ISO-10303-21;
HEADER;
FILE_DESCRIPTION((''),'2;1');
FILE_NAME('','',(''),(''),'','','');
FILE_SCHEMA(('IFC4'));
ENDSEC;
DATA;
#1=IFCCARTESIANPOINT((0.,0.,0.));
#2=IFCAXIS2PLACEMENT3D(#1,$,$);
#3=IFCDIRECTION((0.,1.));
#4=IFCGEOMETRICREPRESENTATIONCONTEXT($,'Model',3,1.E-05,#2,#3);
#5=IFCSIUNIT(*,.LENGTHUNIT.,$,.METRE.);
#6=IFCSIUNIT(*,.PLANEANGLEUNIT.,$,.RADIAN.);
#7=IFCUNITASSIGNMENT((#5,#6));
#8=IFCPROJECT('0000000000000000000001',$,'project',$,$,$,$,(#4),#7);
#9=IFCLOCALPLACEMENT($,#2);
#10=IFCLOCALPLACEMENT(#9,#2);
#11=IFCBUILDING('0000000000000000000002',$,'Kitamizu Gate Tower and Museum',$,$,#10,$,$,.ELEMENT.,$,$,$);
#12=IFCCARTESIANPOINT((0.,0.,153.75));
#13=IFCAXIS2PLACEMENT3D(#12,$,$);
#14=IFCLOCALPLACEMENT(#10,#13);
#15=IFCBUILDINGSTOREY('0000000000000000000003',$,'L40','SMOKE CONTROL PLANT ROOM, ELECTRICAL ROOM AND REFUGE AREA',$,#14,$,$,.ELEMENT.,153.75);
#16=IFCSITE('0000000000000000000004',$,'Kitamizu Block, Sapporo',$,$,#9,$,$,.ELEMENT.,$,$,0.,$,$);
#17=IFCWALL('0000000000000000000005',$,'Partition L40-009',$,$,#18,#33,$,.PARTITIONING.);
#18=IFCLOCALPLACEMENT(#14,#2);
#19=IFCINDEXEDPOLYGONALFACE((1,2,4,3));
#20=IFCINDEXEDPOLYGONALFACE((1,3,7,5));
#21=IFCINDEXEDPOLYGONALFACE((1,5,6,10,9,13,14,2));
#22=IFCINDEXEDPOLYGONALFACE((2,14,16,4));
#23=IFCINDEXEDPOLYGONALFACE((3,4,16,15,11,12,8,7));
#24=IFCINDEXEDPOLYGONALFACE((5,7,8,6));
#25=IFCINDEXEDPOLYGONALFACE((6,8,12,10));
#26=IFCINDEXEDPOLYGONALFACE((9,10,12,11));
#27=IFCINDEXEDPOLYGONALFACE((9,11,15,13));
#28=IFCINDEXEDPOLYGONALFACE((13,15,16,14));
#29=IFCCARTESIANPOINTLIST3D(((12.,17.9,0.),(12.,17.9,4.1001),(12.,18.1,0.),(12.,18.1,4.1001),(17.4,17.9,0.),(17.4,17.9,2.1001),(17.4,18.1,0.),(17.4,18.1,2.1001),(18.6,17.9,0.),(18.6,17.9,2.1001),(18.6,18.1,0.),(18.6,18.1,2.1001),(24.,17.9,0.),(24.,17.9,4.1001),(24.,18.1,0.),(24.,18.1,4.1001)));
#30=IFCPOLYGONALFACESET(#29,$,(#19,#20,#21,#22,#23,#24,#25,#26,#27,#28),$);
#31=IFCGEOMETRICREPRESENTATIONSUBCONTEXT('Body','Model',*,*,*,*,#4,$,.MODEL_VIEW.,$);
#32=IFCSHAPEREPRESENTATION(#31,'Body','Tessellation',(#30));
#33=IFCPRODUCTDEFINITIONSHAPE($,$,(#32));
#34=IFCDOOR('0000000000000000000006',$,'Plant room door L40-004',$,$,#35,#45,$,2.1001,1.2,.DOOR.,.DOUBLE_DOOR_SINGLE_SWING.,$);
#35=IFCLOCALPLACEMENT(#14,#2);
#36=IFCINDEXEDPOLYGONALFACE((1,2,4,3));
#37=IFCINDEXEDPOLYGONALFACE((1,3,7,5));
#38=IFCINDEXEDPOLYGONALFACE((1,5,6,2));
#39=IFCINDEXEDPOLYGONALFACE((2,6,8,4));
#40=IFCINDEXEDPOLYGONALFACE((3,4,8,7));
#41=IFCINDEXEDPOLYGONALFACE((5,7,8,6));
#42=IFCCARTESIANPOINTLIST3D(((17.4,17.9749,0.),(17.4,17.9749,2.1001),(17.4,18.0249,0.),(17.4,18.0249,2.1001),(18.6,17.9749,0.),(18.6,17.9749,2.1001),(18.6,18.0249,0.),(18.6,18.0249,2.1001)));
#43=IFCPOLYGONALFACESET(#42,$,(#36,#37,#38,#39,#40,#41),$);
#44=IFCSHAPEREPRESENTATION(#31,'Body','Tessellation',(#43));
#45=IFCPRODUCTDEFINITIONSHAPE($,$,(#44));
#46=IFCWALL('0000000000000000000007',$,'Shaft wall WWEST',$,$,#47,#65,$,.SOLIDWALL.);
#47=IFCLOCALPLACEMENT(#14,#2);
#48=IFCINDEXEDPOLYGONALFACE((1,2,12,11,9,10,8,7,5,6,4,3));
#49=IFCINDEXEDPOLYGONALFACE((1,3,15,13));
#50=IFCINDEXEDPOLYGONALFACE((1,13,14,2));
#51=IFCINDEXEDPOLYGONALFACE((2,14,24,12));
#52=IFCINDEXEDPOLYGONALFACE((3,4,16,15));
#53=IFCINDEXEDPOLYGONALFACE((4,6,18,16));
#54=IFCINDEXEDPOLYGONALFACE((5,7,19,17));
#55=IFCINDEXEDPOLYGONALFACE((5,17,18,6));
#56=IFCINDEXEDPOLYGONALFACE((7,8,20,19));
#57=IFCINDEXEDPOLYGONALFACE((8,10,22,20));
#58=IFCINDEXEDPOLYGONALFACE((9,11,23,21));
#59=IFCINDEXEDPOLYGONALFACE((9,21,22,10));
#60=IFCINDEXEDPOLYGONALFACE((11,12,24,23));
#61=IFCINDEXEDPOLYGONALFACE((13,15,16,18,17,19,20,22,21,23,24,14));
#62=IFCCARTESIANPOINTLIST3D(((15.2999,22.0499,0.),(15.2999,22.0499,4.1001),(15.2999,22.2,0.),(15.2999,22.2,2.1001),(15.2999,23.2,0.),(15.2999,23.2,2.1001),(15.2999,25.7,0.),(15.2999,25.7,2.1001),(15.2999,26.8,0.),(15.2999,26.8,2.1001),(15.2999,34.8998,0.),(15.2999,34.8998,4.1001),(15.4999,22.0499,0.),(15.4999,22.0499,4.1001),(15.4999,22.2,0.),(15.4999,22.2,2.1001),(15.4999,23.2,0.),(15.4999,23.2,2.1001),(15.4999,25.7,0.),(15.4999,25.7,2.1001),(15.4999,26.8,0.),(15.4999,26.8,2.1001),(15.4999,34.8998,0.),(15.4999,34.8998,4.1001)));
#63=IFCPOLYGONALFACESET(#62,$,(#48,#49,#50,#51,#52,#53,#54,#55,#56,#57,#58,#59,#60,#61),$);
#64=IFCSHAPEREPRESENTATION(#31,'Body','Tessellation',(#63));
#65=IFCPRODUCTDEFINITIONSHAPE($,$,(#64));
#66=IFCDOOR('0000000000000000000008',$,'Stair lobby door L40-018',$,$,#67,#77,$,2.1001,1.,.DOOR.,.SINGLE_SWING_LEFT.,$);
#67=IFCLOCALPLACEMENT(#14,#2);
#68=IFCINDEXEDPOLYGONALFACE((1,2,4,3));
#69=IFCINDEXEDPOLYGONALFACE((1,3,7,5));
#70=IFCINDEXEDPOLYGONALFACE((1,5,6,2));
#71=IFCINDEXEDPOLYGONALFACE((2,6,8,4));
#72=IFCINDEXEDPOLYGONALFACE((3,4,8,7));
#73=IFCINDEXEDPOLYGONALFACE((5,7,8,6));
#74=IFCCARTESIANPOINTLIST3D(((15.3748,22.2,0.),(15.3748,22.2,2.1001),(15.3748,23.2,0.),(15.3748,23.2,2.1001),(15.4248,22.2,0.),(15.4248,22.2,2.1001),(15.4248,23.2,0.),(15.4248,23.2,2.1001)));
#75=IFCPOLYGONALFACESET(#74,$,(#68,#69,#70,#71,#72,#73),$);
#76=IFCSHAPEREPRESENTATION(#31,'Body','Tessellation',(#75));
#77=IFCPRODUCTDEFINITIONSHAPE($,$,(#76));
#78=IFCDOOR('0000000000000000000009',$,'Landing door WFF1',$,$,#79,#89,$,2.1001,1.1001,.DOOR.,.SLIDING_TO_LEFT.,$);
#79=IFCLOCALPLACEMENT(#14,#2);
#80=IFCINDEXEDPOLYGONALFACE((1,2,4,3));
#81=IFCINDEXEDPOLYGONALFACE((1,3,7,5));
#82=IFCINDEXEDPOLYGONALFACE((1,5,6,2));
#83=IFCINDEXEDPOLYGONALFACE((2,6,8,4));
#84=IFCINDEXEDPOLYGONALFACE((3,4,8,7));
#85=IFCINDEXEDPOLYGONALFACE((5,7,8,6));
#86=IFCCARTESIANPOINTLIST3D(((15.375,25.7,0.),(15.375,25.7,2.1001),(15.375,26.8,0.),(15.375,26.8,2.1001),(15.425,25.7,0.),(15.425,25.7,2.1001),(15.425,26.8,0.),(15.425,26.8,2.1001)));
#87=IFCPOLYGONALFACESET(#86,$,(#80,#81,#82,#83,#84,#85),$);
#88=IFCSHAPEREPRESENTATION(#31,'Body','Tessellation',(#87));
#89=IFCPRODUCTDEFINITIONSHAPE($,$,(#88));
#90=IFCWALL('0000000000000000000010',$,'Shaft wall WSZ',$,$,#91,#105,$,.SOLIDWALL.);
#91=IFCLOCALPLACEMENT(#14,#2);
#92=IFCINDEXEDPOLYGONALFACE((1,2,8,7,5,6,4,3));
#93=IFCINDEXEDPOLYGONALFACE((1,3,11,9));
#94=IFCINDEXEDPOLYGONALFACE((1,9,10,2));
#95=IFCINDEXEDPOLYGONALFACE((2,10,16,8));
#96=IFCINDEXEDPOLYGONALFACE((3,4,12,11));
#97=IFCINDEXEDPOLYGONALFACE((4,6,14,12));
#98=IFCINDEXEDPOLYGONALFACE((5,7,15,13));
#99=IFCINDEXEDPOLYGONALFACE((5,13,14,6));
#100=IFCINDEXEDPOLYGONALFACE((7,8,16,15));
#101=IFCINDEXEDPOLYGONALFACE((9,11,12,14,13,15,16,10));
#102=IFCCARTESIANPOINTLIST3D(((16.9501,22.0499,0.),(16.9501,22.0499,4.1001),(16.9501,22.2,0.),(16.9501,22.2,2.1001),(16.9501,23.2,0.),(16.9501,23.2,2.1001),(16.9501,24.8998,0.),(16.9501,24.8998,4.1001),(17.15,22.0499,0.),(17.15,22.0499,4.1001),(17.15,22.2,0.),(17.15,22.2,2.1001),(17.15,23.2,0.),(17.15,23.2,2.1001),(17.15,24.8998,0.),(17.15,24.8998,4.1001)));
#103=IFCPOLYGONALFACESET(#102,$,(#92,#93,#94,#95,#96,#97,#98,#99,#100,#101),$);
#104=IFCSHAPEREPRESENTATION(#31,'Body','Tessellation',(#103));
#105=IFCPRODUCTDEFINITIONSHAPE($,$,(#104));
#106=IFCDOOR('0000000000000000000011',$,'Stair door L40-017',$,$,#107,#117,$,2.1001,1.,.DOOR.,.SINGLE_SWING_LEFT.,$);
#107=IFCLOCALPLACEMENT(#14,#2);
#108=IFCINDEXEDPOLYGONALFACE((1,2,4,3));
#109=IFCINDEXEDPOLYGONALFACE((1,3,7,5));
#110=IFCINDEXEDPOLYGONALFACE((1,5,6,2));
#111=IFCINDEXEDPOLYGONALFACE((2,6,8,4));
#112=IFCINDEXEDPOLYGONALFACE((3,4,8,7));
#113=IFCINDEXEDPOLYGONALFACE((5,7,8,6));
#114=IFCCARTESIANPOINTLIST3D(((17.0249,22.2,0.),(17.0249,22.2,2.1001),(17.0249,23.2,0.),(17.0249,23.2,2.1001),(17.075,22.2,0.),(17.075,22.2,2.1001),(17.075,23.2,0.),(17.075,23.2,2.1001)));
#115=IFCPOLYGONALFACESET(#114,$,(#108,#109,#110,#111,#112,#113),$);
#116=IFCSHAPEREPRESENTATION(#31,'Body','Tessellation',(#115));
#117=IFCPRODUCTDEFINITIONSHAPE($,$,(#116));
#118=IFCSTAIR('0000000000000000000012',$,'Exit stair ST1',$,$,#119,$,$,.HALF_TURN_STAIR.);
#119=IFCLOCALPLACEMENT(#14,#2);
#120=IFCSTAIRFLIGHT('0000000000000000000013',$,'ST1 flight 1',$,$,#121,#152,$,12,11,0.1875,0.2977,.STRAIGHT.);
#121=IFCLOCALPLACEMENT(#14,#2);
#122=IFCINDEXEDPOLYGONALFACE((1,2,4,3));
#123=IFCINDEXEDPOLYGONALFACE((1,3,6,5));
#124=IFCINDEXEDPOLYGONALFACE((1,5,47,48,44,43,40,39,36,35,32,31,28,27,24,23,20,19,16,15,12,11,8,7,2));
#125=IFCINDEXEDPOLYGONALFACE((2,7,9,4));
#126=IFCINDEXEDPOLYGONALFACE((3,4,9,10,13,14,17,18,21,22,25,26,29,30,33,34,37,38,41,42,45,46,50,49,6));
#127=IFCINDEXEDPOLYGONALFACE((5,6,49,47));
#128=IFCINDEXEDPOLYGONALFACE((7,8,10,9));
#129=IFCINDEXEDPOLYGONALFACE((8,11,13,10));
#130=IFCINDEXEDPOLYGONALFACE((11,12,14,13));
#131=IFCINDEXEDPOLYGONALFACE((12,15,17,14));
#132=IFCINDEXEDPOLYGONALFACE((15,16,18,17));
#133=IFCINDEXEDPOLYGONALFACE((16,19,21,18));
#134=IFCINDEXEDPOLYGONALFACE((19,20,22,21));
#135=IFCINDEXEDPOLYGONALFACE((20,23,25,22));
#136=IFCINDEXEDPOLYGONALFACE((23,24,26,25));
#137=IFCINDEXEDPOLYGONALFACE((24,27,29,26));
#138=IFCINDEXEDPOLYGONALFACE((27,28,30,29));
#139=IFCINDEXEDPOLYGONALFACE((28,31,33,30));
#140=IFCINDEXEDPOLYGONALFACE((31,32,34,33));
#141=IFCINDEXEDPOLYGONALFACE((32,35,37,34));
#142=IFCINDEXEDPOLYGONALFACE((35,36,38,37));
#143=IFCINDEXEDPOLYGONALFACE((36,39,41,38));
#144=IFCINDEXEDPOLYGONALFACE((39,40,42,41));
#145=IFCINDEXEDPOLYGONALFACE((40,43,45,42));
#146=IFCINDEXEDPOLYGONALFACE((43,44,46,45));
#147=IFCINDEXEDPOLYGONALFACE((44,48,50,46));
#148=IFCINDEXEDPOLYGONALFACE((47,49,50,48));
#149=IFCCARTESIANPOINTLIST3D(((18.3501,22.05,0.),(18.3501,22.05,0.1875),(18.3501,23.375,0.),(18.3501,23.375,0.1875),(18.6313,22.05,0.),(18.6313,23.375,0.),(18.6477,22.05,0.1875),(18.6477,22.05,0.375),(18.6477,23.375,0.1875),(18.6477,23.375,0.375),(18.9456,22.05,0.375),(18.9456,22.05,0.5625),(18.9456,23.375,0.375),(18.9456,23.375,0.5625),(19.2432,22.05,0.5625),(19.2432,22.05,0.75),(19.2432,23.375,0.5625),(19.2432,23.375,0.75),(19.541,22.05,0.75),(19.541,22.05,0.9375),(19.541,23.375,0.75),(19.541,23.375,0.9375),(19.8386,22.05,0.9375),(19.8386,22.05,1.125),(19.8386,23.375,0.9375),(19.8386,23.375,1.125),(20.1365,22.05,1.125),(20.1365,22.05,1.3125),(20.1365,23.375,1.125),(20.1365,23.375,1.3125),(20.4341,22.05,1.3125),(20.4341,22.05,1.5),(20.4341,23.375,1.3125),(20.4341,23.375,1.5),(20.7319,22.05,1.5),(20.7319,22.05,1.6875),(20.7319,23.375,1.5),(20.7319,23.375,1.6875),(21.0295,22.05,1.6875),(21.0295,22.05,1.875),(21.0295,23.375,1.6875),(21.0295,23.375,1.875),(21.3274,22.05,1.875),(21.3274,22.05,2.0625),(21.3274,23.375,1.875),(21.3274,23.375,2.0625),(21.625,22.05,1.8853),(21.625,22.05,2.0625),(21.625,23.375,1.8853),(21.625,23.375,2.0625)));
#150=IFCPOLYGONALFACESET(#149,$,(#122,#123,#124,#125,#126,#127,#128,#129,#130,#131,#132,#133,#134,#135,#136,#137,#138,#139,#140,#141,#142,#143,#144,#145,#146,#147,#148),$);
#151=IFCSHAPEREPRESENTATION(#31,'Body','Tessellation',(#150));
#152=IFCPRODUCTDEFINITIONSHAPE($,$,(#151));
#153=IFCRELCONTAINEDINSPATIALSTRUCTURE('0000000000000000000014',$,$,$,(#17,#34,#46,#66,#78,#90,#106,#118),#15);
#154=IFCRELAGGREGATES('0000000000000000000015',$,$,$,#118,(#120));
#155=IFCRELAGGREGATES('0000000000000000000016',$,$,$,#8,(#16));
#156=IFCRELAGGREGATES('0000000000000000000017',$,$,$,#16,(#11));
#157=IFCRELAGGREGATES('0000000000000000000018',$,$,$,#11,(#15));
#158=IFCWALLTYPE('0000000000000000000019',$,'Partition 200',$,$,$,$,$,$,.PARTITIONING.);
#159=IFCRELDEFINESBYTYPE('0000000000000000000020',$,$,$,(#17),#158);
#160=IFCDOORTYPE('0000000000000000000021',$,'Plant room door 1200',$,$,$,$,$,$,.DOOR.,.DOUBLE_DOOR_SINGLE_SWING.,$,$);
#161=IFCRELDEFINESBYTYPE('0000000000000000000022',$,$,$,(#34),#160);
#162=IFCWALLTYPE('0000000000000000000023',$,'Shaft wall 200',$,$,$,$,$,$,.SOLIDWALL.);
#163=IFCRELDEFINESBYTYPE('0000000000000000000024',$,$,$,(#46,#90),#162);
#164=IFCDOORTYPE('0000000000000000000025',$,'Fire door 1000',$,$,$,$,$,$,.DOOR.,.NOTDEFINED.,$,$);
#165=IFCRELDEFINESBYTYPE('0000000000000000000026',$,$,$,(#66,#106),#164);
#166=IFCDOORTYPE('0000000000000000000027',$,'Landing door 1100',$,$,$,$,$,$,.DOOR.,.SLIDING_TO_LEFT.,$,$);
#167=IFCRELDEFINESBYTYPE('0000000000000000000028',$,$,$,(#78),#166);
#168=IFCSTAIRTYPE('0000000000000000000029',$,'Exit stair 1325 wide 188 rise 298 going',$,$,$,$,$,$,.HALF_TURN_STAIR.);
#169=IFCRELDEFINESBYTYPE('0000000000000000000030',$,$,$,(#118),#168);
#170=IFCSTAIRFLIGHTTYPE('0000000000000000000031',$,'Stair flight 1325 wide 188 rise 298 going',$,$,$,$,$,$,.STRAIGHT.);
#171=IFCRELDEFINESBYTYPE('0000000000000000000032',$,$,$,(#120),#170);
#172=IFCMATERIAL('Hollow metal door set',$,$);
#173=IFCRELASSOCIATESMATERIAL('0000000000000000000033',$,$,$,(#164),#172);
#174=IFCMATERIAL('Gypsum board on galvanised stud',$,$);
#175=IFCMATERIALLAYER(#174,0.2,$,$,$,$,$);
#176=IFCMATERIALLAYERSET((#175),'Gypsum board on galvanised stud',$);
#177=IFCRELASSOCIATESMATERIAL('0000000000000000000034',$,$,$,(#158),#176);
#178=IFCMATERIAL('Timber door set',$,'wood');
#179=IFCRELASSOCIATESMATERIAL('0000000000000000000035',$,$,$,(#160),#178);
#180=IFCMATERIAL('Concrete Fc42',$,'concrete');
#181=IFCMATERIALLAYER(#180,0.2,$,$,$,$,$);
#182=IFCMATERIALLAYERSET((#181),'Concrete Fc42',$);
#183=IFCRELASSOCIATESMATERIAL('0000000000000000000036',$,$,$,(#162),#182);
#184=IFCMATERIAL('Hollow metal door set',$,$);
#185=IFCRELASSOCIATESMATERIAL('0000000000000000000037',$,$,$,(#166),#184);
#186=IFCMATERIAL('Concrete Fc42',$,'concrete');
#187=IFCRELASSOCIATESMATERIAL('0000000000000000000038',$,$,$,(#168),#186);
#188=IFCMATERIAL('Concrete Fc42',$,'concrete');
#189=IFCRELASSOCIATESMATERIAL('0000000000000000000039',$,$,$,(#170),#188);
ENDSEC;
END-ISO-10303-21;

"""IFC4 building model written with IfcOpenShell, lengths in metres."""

from ifc_helpers import new_model, si_unit, direction, frame, frame_2d, origin, place, context, subcontext, project, spatial, polyline, rectangle, outline, extrude, material, layer, layer_set, type_object, element, fill, aggregate, save


model = new_model("IFC4")

# Units and contexts
model_context = context("Model", 3, precision=1e-05, world=origin(), true_north=direction((0.0, 1.0)))
body_context = subcontext(model_context, "Body", "Model", "MODEL_VIEW")
ifc_project = project(units=[si_unit("LENGTHUNIT", "METRE"), si_unit("PLANEANGLEUNIT", "RADIAN")], contexts=[model_context])

# Site, building, storey
site_placement = place(None, origin())
site = spatial("IfcSite", under=ifc_project, at=site_placement, Name="Kitamizu Block, Sapporo", CompositionType="ELEMENT", RefElevation=0.0)
building_placement = place(site_placement, origin())
building = spatial("IfcBuilding", under=site, at=building_placement, Name="Kitamizu Gate Tower and Museum", CompositionType="ELEMENT")
storey_placement = place(building_placement, frame((0.0, 0.0, 153.75)))
storey = spatial("IfcBuildingStorey", under=building, at=storey_placement, Name="L40", Description="SMOKE CONTROL PLANT ROOM, ELECTRICAL ROOM AND REFUGE AREA", CompositionType="ELEMENT", Elevation=153.75)

# Shared definitions
ifc_material_1 = material(Name="Hollow metal door set")
door_type_1 = type_object("IfcDoorType", Name="Fire door 1000", OperationType="NOTDEFINED", PredefinedType="DOOR", material=ifc_material_1)

# Wall, opening, door
ifc_material_2 = material(Name="Gypsum board on galvanised stud")
ifc_layer_1 = layer(ifc_material_2, 0.2)
ifc_layer_set_1 = layer_set([ifc_layer_1], Name="Gypsum board on galvanised stud")
wall_type_1 = type_object("IfcWallType", Name="Partition 200", PredefinedType="PARTITIONING", material=ifc_layer_set_1)
wall_1_placement = place(storey_placement, frame((12.0, 18.0, 0.0), z_axis=(0.0, 0.0, 1.0), x_axis=(1.0, 0.0, 0.0)))
wall_1 = element("IfcWall", 1, at=wall_1_placement, inside=storey, type_object=wall_type_1, Name="Partition L40-009", PredefinedType="PARTITIONING", context=body_context, shape_type="SweptSolid", body=[
    extrude(rectangle(XDim=12.0, YDim=0.2, at=frame_2d((6.0, 0.0))), origin(), (0.0, 0.0, 1.0), 4.1001),
])
opening_1_placement = place(wall_1_placement, frame((5.3999, 0.0, 0.0)))
opening_1 = element("IfcOpeningElement", 2, at=opening_1_placement, cuts=wall_1, PredefinedType="OPENING", context=body_context, shape_type="SweptSolid", body=[
    extrude(rectangle(XDim=1.2, YDim=2.1001, at=frame_2d((0.6001, 1.05))), frame((0.0, 0.1099, 0.0), z_axis=(0.0, -1.0, 0.0), x_axis=(1.0, 0.0, 0.0)), (0.0, 0.0, 1.0), 0.22),
])
ifc_material_3 = material(Name="Timber door set", Category="wood")
door_type_2 = type_object("IfcDoorType", Name="Plant room door 1200", OperationType="DOUBLE_DOOR_SINGLE_SWING", PredefinedType="DOOR", material=ifc_material_3)
door_1_placement = place(opening_1_placement, origin())
door_1 = element("IfcDoor", 3, at=door_1_placement, inside=storey, type_object=door_type_2, Name="Plant room door L40-004", OperationType="DOUBLE_DOOR_SINGLE_SWING", OverallHeight=2.1001, OverallWidth=1.2, PredefinedType="DOOR", context=body_context, shape_type="SweptSolid", body=[
    extrude(rectangle(XDim=1.2, YDim=2.1001, at=frame_2d((0.6001, 1.05))), frame((0.0, 0.0249, 0.0), z_axis=(0.0, -1.0, 0.0), x_axis=(1.0, 0.0, 0.0)), (0.0, 0.0, 1.0), 0.05),
])
fill(opening_1, door_1)

# Wall, openings, doors
ifc_material_4 = material(Name="Concrete Fc42", Category="concrete")
ifc_layer_2 = layer(ifc_material_4, 0.2)
ifc_layer_set_2 = layer_set([ifc_layer_2], Name="Concrete Fc42")
wall_type_2 = type_object("IfcWallType", Name="Shaft wall 200", PredefinedType="SOLIDWALL", material=ifc_layer_set_2)
wall_2_placement = place(storey_placement, frame((15.3999, 22.05, 0.0), z_axis=(0.0, 0.0, 1.0), x_axis=(0.0, 1.0, 0.0)))
wall_2 = element("IfcWall", 4, at=wall_2_placement, inside=storey, type_object=wall_type_2, Name="Shaft wall WWEST", PredefinedType="SOLIDWALL", context=body_context, shape_type="SweptSolid", body=[
    extrude(rectangle(XDim=12.8499, YDim=0.2, at=frame_2d((6.4248, 0.0))), origin(), (0.0, 0.0, 1.0), 4.1001),
])
opening_2_placement = place(wall_2_placement, frame((3.6499, 0.0, 0.0)))
opening_2 = element("IfcOpeningElement", 5, at=opening_2_placement, cuts=wall_2, PredefinedType="OPENING", context=body_context, shape_type="SweptSolid", body=[
    extrude(rectangle(XDim=1.1001, YDim=2.1001, at=frame_2d((0.55, 1.05))), frame((0.0, 0.1099, 0.0), z_axis=(0.0, -1.0, 0.0), x_axis=(1.0, 0.0, 0.0)), (0.0, 0.0, 1.0), 0.22),
])
opening_3_placement = place(wall_2_placement, frame((0.1499, 0.0, 0.0)))
opening_3 = element("IfcOpeningElement", 6, at=opening_3_placement, cuts=wall_2, PredefinedType="OPENING", context=body_context, shape_type="SweptSolid", body=[
    extrude(rectangle(XDim=1.0, YDim=2.1001, at=frame_2d((0.5, 1.05))), frame((0.0, 0.1099, 0.0), z_axis=(0.0, -1.0, 0.0), x_axis=(1.0, 0.0, 0.0)), (0.0, 0.0, 1.0), 0.22),
])
door_2_placement = place(opening_3_placement, frame((1.0, 0.0, 0.0), x_axis=(-1.0, 0.0, 0.0)))
door_2 = element("IfcDoor", 7, at=door_2_placement, inside=storey, type_object=door_type_1, Name="Stair lobby door L40-018", OperationType="SINGLE_SWING_LEFT", OverallHeight=2.1001, OverallWidth=1.0, PredefinedType="DOOR", context=body_context, shape_type="SweptSolid", body=[
    extrude(rectangle(XDim=1.0, YDim=2.1001, at=frame_2d((0.5, 1.05))), frame((0.0, 0.0249, 0.0), z_axis=(0.0, -1.0, 0.0), x_axis=(1.0, 0.0, 0.0)), (0.0, 0.0, 1.0), 0.05),
])
fill(opening_3, door_2)
ifc_material_5 = material(Name="Hollow metal door set")
door_type_3 = type_object("IfcDoorType", Name="Landing door 1100", OperationType="SLIDING_TO_LEFT", PredefinedType="DOOR", material=ifc_material_5)
door_3_placement = place(opening_2_placement, origin())
door_3 = element("IfcDoor", 8, at=door_3_placement, inside=storey, type_object=door_type_3, Name="Landing door WFF1", OperationType="SLIDING_TO_LEFT", OverallHeight=2.1001, OverallWidth=1.1001, PredefinedType="DOOR", context=body_context, shape_type="SweptSolid", body=[
    extrude(rectangle(XDim=1.1001, YDim=2.1001, at=frame_2d((0.55, 1.05))), frame((0.0, 0.0249, 0.0), z_axis=(0.0, -1.0, 0.0), x_axis=(1.0, 0.0, 0.0)), (0.0, 0.0, 1.0), 0.05),
])
fill(opening_2, door_3)

# Wall, opening, door
wall_3_placement = place(storey_placement, frame((17.05, 22.05, 0.0), z_axis=(0.0, 0.0, 1.0), x_axis=(0.0, 1.0, 0.0)))
wall_3 = element("IfcWall", 9, at=wall_3_placement, inside=storey, type_object=wall_type_2, Name="Shaft wall WSZ", PredefinedType="SOLIDWALL", context=body_context, shape_type="SweptSolid", body=[
    extrude(rectangle(XDim=2.8499, YDim=0.2, at=frame_2d((1.4248, 0.0))), origin(), (0.0, 0.0, 1.0), 4.1001),
])
opening_4_placement = place(wall_3_placement, frame((0.1499, 0.0, 0.0)))
opening_4 = element("IfcOpeningElement", 10, at=opening_4_placement, cuts=wall_3, PredefinedType="OPENING", context=body_context, shape_type="SweptSolid", body=[
    extrude(rectangle(XDim=1.0, YDim=2.1001, at=frame_2d((0.5, 1.05))), frame((0.0, 0.1099, 0.0), z_axis=(0.0, -1.0, 0.0), x_axis=(1.0, 0.0, 0.0)), (0.0, 0.0, 1.0), 0.22),
])
door_4_placement = place(opening_4_placement, frame((1.0, 0.0, 0.0), x_axis=(-1.0, 0.0, 0.0)))
door_4 = element("IfcDoor", 11, at=door_4_placement, inside=storey, type_object=door_type_1, Name="Stair door L40-017", OperationType="SINGLE_SWING_LEFT", OverallHeight=2.1001, OverallWidth=1.0, PredefinedType="DOOR", context=body_context, shape_type="SweptSolid", body=[
    extrude(rectangle(XDim=1.0, YDim=2.1001, at=frame_2d((0.5, 1.05))), frame((0.0, 0.0249, 0.0), z_axis=(0.0, -1.0, 0.0), x_axis=(1.0, 0.0, 0.0)), (0.0, 0.0, 1.0), 0.05),
])
fill(opening_4, door_4)

# Stair, stair flight
ifc_material_6 = material(Name="Concrete Fc42", Category="concrete")
stair_type = type_object("IfcStairType", Name="Exit stair 1325 wide 188 rise 298 going", PredefinedType="HALF_TURN_STAIR", material=ifc_material_6)
stair_placement = place(storey_placement, origin())
stair = element("IfcStair", 12, at=stair_placement, inside=storey, type_object=stair_type, Name="Exit stair ST1", PredefinedType="HALF_TURN_STAIR")
ifc_material_7 = material(Name="Concrete Fc42", Category="concrete")
stair_flight_type = type_object("IfcStairFlightType", Name="Stair flight 1325 wide 188 rise 298 going", PredefinedType="STRAIGHT", material=ifc_material_7)
stair_flight_placement = place(storey_placement, frame((18.3501, 22.7124, 0.0), z_axis=(0.0, 0.0, 1.0), x_axis=(1.0, 0.0, 0.0)))
stair_flight = element("IfcStairFlight", 13, at=stair_flight_placement, type_object=stair_flight_type, Name="ST1 flight 1", NumberOfRisers=12, NumberOfTreads=11, PredefinedType="STRAIGHT", RiserHeight=0.1875, TreadLength=0.2977, context=body_context, shape_type="SweptSolid", body=[
    extrude(outline(polyline([(0.0, 0.0), (0.0, 0.1875), (0.2976, 0.1875), (0.2976, 0.375), (0.5955, 0.375), (0.5955, 0.5625), (0.8931, 0.5625), (0.8931, 0.75), (1.1909, 0.75), (1.1909, 0.9375), (1.4885, 0.9375), (1.4885, 1.125), (1.7864, 1.125), (1.7864, 1.3125), (2.084, 1.3125), (2.084, 1.5), (2.3818, 1.5), (2.3818, 1.6875), (2.6794, 1.6875), (2.6794, 1.875), (2.9773, 1.875), (2.9773, 2.0625), (3.2749, 2.0625), (3.2749, 2.25), (3.2749, 1.8853), (0.2812, 0.0), (0.0, 0.0)])), frame((0.0, 0.6626, 0.0), z_axis=(0.0, -1.0, 0.0), x_axis=(1.0, 0.0, 0.0)), (0.0, 0.0, 1.0), 1.325),
])
aggregate(stair, [stair_flight])

save(model, "model.ifc")
